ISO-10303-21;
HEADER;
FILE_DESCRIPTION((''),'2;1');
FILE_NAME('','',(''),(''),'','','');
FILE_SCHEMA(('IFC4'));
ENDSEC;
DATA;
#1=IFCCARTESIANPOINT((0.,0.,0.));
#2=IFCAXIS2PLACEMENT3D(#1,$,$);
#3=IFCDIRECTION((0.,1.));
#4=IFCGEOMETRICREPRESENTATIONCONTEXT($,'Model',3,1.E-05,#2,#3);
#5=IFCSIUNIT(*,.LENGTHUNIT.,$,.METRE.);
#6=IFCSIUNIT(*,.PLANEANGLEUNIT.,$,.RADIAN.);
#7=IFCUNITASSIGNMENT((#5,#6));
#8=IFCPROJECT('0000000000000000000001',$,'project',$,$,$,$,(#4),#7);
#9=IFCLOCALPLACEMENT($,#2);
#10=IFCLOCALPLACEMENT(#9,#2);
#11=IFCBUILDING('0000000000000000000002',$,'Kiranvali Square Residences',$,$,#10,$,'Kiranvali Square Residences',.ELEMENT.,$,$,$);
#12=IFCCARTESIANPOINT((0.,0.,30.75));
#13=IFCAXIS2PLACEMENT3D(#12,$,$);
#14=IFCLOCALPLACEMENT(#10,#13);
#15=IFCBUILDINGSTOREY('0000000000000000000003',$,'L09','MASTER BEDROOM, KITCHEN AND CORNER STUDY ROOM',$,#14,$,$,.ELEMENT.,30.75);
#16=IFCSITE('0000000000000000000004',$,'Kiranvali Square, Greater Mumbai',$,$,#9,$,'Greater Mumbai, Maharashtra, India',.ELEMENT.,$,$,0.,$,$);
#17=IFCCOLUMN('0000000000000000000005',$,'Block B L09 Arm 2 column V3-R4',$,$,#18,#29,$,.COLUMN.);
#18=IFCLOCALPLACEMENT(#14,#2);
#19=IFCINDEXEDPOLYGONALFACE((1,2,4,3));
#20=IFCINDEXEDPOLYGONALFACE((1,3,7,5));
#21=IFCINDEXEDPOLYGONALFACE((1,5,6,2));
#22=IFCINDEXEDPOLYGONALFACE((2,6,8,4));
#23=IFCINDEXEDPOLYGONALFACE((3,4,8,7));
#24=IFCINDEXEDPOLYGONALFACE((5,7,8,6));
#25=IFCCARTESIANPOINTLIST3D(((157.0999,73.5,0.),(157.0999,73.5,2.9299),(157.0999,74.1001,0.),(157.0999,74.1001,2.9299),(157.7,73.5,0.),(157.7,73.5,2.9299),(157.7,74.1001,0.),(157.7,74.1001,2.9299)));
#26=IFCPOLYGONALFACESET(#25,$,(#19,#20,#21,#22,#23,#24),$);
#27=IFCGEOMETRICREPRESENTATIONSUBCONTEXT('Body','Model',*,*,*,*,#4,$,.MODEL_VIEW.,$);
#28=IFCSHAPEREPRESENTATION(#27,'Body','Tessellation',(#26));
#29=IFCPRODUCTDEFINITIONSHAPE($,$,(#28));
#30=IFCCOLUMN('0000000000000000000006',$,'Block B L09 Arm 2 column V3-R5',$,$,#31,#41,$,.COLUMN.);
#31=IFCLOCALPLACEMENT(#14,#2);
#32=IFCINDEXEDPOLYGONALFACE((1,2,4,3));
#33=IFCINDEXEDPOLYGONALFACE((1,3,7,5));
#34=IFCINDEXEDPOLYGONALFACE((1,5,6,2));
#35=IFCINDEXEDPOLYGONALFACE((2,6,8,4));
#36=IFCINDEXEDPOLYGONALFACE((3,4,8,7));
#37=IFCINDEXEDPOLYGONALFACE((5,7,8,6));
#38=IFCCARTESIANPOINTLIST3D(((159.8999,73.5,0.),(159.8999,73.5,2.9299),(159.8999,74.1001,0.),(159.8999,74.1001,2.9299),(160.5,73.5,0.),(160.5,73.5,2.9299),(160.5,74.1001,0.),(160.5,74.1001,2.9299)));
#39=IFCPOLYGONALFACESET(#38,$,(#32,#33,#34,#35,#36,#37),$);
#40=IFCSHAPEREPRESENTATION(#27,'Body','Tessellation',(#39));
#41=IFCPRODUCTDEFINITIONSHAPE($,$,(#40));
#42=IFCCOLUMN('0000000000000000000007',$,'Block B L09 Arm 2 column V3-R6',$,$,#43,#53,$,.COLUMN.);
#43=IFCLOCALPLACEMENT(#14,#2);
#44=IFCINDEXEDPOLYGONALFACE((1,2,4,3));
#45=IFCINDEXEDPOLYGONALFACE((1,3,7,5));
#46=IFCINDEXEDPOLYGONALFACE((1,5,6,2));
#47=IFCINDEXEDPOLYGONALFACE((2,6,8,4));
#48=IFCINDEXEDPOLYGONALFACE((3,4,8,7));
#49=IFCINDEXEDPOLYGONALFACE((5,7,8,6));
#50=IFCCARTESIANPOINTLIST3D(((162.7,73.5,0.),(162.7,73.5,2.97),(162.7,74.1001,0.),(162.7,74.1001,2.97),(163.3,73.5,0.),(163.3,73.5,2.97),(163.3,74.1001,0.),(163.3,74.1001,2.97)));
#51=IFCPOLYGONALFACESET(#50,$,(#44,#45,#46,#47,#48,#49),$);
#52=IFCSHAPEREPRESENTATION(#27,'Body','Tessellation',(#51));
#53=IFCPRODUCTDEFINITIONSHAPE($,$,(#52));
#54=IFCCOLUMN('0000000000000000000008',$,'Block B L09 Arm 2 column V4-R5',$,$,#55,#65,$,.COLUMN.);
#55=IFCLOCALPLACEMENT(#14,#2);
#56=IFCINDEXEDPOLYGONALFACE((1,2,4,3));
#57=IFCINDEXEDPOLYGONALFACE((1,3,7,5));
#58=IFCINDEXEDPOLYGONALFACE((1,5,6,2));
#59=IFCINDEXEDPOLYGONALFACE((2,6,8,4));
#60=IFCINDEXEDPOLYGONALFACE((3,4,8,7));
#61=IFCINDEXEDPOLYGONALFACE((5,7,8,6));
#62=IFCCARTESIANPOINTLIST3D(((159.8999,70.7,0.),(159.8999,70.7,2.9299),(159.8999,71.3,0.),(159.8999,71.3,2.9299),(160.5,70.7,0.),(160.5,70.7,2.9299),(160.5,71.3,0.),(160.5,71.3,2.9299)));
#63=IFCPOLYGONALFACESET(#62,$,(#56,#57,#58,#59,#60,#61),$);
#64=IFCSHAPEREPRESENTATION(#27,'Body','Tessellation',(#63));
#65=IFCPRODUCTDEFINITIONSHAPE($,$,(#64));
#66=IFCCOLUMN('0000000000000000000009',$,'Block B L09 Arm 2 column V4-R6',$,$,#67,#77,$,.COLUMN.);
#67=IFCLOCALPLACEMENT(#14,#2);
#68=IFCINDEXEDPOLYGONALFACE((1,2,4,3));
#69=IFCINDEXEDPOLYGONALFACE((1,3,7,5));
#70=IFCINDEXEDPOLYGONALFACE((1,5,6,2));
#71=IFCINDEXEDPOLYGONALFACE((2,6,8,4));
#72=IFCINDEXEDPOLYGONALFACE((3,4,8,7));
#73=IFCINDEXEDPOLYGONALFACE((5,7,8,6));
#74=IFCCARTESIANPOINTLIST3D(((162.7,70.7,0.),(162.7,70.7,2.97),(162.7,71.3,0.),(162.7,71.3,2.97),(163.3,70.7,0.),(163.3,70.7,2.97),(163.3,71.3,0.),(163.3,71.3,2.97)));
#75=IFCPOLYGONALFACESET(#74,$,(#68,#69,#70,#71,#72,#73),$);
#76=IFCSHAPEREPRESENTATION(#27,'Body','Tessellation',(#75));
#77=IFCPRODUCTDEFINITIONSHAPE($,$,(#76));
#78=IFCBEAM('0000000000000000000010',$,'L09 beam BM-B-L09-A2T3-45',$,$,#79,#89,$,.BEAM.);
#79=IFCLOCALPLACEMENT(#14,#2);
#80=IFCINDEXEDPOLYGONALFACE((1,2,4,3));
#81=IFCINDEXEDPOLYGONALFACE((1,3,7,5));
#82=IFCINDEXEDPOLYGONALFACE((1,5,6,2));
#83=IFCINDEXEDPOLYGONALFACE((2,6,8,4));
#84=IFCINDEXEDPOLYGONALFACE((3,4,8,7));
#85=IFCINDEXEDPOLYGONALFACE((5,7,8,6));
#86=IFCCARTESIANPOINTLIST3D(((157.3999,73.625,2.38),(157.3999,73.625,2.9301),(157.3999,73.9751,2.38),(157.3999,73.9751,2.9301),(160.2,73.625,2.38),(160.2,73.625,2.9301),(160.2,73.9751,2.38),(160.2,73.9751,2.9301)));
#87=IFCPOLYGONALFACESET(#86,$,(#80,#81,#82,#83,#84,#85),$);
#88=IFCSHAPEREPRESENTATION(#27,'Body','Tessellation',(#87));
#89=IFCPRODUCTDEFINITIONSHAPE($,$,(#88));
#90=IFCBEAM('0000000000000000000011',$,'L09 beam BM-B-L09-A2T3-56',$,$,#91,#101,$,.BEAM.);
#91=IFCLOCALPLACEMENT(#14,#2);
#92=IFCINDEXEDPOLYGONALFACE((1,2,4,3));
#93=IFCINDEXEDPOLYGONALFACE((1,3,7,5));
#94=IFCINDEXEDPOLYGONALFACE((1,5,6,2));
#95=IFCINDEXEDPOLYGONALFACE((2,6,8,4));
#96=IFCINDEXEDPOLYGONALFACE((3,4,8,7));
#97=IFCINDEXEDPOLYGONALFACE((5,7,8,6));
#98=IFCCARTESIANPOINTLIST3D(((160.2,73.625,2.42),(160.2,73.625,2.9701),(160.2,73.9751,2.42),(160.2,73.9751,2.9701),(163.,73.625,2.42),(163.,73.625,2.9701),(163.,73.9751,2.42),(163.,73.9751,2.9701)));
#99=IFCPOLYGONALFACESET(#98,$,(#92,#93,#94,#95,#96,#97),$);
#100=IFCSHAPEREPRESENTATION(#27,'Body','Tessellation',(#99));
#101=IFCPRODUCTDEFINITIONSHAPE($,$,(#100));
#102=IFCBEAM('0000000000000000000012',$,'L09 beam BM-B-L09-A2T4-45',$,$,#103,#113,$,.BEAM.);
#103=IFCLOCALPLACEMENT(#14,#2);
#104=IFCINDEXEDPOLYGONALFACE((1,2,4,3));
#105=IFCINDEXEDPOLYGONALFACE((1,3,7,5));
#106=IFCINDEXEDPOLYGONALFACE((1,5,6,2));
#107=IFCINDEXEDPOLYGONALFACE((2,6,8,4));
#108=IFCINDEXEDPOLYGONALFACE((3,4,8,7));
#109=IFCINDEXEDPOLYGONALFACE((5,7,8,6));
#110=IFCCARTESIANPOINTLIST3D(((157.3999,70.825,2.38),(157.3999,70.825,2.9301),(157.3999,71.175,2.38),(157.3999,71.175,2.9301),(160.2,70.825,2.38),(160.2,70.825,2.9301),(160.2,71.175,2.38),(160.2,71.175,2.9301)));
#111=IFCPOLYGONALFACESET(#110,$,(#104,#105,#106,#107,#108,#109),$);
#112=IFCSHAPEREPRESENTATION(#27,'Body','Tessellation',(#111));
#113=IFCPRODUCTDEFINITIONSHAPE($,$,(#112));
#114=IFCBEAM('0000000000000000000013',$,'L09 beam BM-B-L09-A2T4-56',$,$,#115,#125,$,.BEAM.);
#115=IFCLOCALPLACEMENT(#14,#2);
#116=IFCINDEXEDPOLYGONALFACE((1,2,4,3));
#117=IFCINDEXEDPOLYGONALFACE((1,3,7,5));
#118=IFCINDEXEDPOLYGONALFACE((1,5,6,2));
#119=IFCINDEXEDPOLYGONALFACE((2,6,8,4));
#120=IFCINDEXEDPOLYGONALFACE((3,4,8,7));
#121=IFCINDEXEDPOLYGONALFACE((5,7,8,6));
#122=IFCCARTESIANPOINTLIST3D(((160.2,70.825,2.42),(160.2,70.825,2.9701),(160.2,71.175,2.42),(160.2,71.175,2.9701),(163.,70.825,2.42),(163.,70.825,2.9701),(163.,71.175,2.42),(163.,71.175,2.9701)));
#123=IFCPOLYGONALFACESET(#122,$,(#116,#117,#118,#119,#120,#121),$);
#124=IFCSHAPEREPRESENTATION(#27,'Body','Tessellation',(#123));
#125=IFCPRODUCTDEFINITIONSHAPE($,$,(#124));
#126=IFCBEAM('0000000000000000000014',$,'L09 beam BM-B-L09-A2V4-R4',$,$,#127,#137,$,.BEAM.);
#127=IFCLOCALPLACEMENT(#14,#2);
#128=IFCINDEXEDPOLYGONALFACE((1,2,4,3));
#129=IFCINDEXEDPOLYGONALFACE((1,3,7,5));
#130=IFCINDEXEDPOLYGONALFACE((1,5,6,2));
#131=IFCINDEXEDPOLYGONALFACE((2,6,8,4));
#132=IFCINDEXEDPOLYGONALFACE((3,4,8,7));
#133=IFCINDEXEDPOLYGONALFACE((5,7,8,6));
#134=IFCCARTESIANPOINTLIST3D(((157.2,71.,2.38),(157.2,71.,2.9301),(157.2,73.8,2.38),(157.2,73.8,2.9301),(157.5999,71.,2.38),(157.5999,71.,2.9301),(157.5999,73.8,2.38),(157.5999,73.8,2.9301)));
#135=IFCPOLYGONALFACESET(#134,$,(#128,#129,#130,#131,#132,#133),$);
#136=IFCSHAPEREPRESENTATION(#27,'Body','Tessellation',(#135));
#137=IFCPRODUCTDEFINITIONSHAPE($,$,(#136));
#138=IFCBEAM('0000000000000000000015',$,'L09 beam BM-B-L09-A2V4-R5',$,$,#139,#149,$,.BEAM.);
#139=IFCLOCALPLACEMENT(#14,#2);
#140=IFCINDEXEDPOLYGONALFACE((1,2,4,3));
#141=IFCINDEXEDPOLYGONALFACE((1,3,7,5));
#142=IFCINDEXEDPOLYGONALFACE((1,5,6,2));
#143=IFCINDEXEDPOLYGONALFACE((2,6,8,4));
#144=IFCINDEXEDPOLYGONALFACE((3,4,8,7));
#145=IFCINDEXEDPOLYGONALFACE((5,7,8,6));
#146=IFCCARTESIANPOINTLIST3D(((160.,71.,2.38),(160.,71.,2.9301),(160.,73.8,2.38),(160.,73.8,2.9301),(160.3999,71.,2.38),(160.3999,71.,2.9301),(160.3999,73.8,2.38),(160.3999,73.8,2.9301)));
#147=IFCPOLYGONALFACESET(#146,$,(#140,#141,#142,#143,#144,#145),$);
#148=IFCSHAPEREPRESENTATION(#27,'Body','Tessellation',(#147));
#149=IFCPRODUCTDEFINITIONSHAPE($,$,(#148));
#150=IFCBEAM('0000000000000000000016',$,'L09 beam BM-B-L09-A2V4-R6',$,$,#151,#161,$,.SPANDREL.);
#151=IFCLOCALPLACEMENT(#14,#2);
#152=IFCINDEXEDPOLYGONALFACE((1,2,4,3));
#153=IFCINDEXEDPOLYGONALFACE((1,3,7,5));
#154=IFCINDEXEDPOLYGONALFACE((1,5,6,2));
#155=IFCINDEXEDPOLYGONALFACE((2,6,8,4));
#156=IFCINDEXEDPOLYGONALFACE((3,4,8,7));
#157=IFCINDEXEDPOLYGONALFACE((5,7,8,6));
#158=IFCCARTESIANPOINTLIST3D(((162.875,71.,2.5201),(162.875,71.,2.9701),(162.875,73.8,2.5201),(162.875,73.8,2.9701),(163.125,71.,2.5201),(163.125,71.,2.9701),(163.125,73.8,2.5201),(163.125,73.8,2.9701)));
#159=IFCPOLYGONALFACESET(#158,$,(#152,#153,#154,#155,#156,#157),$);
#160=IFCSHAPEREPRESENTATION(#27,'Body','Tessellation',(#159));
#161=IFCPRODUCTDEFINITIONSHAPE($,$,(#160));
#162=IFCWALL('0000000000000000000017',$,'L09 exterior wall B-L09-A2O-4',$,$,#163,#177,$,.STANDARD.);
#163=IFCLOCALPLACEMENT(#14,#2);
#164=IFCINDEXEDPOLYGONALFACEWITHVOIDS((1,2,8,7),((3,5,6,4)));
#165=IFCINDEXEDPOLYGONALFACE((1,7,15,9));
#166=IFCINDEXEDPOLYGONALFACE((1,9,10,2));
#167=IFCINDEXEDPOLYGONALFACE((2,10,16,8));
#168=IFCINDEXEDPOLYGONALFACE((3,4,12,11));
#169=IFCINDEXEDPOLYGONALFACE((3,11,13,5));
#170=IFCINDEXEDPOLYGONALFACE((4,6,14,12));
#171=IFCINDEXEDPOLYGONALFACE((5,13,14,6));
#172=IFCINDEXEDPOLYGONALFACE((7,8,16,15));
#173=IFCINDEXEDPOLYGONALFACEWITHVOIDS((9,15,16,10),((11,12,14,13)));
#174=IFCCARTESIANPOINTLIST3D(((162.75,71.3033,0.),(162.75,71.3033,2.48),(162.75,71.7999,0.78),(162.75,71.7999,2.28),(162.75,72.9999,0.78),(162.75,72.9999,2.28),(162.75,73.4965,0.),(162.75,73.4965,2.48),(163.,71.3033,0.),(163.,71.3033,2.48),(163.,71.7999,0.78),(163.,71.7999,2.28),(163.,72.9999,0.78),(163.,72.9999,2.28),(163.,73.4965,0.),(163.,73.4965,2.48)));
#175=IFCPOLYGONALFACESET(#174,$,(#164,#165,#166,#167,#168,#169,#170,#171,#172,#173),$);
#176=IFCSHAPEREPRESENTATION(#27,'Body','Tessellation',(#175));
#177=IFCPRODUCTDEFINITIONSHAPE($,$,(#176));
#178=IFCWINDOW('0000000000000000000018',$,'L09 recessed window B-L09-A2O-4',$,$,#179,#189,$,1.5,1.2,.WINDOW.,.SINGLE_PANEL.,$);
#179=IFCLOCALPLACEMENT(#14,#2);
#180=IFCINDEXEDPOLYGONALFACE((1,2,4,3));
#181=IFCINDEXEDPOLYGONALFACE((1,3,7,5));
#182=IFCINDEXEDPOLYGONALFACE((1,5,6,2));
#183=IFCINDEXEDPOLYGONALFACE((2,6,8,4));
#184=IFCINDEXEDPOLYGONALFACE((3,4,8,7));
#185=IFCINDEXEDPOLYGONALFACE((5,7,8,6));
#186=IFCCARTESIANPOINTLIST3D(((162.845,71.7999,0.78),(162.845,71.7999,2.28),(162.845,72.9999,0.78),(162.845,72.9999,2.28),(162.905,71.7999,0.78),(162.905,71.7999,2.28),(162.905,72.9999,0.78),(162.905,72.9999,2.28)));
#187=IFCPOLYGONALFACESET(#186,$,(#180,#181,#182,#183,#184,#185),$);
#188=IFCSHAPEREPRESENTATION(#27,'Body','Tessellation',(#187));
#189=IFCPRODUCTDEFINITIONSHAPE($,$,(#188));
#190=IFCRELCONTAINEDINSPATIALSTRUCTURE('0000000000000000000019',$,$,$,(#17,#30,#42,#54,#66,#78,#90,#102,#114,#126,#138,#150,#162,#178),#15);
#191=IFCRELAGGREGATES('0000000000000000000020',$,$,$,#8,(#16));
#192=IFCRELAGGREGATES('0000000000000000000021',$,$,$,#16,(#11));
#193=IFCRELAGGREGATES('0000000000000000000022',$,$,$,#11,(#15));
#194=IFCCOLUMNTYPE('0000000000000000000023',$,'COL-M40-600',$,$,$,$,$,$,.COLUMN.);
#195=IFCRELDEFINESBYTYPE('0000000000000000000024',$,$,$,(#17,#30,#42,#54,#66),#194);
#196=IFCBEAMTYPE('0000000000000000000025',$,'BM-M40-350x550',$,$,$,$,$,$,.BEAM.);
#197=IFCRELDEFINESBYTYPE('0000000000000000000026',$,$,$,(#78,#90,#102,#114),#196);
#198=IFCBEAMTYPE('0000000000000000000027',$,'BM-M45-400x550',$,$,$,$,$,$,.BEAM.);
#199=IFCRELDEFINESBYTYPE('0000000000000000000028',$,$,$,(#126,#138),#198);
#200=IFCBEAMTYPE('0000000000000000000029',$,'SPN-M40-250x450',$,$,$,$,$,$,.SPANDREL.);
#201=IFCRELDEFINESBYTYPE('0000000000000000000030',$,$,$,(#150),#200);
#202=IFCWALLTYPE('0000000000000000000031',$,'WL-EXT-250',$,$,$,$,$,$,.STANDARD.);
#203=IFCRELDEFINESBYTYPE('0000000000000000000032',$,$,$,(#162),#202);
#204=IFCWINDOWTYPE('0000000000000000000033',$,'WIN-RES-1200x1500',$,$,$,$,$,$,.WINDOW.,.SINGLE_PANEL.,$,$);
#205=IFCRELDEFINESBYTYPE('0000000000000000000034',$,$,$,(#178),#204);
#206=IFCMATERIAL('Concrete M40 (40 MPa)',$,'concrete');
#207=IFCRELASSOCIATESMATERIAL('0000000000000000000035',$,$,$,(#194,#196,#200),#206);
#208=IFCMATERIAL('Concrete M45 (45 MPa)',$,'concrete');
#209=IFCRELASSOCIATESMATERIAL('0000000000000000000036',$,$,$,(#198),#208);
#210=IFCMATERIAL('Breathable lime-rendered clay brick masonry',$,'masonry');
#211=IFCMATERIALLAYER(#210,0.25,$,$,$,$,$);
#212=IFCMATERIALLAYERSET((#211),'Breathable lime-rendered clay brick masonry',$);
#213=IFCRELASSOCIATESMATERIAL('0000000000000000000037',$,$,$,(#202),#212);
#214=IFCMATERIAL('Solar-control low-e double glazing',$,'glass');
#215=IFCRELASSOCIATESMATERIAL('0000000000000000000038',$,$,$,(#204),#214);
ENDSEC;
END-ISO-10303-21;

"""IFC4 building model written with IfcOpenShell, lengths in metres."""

from ifc_helpers import new_model, si_unit, direction, frame, frame_2d, origin, origin_2d, place, context, subcontext, project, spatial, rectangle, extrude, material, layer, layer_set, material_profile, profile_set, type_object, element, fill, save


model = new_model("IFC4")

# Units and contexts
model_context = context("Model", 3, precision=1e-05, world=origin(), true_north=direction((0.0, 1.0)))
body_context = subcontext(model_context, "Body", "Model", "MODEL_VIEW")
ifc_project = project(units=[si_unit("LENGTHUNIT", "METRE"), si_unit("PLANEANGLEUNIT", "RADIAN")], contexts=[model_context])

# Site, building, storey
site_placement = place(None, origin())
site = spatial("IfcSite", under=ifc_project, at=site_placement, Name="Kiranvali Square, Greater Mumbai", LongName="Greater Mumbai, Maharashtra, India", CompositionType="ELEMENT", RefElevation=0.0)
building_placement = place(site_placement, origin())
building = spatial("IfcBuilding", under=site, at=building_placement, Name="Kiranvali Square Residences", LongName="Kiranvali Square Residences", CompositionType="ELEMENT")
storey_placement = place(building_placement, frame((0.0, 0.0, 30.75)))
storey = spatial("IfcBuildingStorey", under=building, at=storey_placement, Name="L09", Description="MASTER BEDROOM, KITCHEN AND CORNER STUDY ROOM", CompositionType="ELEMENT", Elevation=30.75)

# Columns
ifc_material_1 = material(Name="Concrete M40 (40 MPa)", Category="concrete")
ifc_material_profile_1 = material_profile(ifc_material_1, rectangle(XDim=0.6001, YDim=0.6001, at=origin_2d()), Name="RC 600x600")
ifc_profile_set_1 = profile_set([ifc_material_profile_1], Name="Concrete M40 (40 MPa)")
column_type = type_object("IfcColumnType", Name="COL-M40-600", PredefinedType="COLUMN", material=ifc_profile_set_1)
for number, where, z_axis, x_axis, name in (
    (1, (157.3999, 73.8, 0.0), (0.0, 0.0, 1.0), (1.0, 0.0, 0.0), "Block B L09 Arm 2 column V3-R4"),
    (2, (160.2, 73.8, 0.0), (0.0, 0.0, 1.0), (1.0, 0.0, 0.0), "Block B L09 Arm 2 column V3-R5"),
):
    element("IfcColumn", number, at=place(storey_placement, frame(where, z_axis=z_axis, x_axis=x_axis)), inside=storey, type_object=column_type, Name=name, PredefinedType="COLUMN", context=body_context, shape_type="SweptSolid", body=[
        extrude(rectangle(XDim=0.6001, YDim=0.6001, at=origin_2d()), origin(), (0.0, 0.0, 1.0), 2.9299),
    ])
column_1_placement = place(storey_placement, frame((163.0, 73.8, 0.0), z_axis=(0.0, 0.0, 1.0), x_axis=(1.0, 0.0, 0.0)))
element("IfcColumn", 3, at=column_1_placement, inside=storey, type_object=column_type, Name="Block B L09 Arm 2 column V3-R6", PredefinedType="COLUMN", context=body_context, shape_type="SweptSolid", body=[
    extrude(rectangle(XDim=0.6001, YDim=0.6001, at=origin_2d()), origin(), (0.0, 0.0, 1.0), 2.97),
])
column_2_placement = place(storey_placement, frame((160.2, 71.0, 0.0), z_axis=(0.0, 0.0, 1.0), x_axis=(1.0, 0.0, 0.0)))
element("IfcColumn", 4, at=column_2_placement, inside=storey, type_object=column_type, Name="Block B L09 Arm 2 column V4-R5", PredefinedType="COLUMN", context=body_context, shape_type="SweptSolid", body=[
    extrude(rectangle(XDim=0.6001, YDim=0.6001, at=origin_2d()), origin(), (0.0, 0.0, 1.0), 2.9299),
])
column_3_placement = place(storey_placement, frame((163.0, 71.0, 0.0), z_axis=(0.0, 0.0, 1.0), x_axis=(1.0, 0.0, 0.0)))
element("IfcColumn", 5, at=column_3_placement, inside=storey, type_object=column_type, Name="Block B L09 Arm 2 column V4-R6", PredefinedType="COLUMN", context=body_context, shape_type="SweptSolid", body=[
    extrude(rectangle(XDim=0.6001, YDim=0.6001, at=origin_2d()), origin(), (0.0, 0.0, 1.0), 2.97),
])

# Beams
ifc_material_profile_2 = material_profile(ifc_material_1, rectangle(XDim=0.3501, YDim=0.55, at=origin_2d()), Name="RC 350x550")
ifc_profile_set_2 = profile_set([ifc_material_profile_2], Name="Concrete M40 (40 MPa)")
beam_type_1 = type_object("IfcBeamType", Name="BM-M40-350x550", PredefinedType="BEAM", material=ifc_profile_set_2)
for number, where, z_axis, x_axis, name in (
    (6, (157.3999, 73.8, 2.655), (1.0, 0.0, 0.0), (0.0, 1.0, 0.0), "L09 beam BM-B-L09-A2T3-45"),
    (7, (160.2, 73.8, 2.6951), (1.0, 0.0, 0.0), (0.0, 1.0, 0.0), "L09 beam BM-B-L09-A2T3-56"),
    (8, (157.3999, 71.0, 2.655), (1.0, 0.0, 0.0), (0.0, 1.0, 0.0), "L09 beam BM-B-L09-A2T4-45"),
    (9, (160.2, 71.0, 2.6951), (1.0, 0.0, 0.0), (0.0, 1.0, 0.0), "L09 beam BM-B-L09-A2T4-56"),
):
    element("IfcBeam", number, at=place(storey_placement, frame(where, z_axis=z_axis, x_axis=x_axis)), inside=storey, type_object=beam_type_1, Name=name, PredefinedType="BEAM", context=body_context, shape_type="SweptSolid", body=[
        extrude(rectangle(XDim=0.3501, YDim=0.55, at=origin_2d()), origin(), (0.0, 0.0, 1.0), 2.8),
    ])
ifc_material_2 = material(Name="Concrete M45 (45 MPa)", Category="concrete")
ifc_material_profile_3 = material_profile(ifc_material_2, rectangle(XDim=0.3999, YDim=0.55, at=origin_2d()), Name="RC 400x550")
ifc_profile_set_3 = profile_set([ifc_material_profile_3], Name="Concrete M45 (45 MPa)")
beam_type_2 = type_object("IfcBeamType", Name="BM-M45-400x550", PredefinedType="BEAM", material=ifc_profile_set_3)
for number, where, z_axis, x_axis, name in (
    (10, (157.3999, 73.8, 2.655), (0.0, -1.0, 0.0), (1.0, 0.0, 0.0), "L09 beam BM-B-L09-A2V4-R4"),
    (11, (160.2, 73.8, 2.655), (0.0, -1.0, 0.0), (1.0, 0.0, 0.0), "L09 beam BM-B-L09-A2V4-R5"),
):
    element("IfcBeam", number, at=place(storey_placement, frame(where, z_axis=z_axis, x_axis=x_axis)), inside=storey, type_object=beam_type_2, Name=name, PredefinedType="BEAM", context=body_context, shape_type="SweptSolid", body=[
        extrude(rectangle(XDim=0.3999, YDim=0.55, at=origin_2d()), origin(), (0.0, 0.0, 1.0), 2.8),
    ])
ifc_material_profile_4 = material_profile(ifc_material_1, rectangle(XDim=0.25, YDim=0.45, at=origin_2d()), Name="RC 250x450")
ifc_profile_set_4 = profile_set([ifc_material_profile_4], Name="Concrete M40 (40 MPa)")
beam_type_3 = type_object("IfcBeamType", Name="SPN-M40-250x450", PredefinedType="SPANDREL", material=ifc_profile_set_4)
beam_placement = place(storey_placement, frame((163.0, 73.8, 2.7451), z_axis=(0.0, -1.0, 0.0), x_axis=(1.0, 0.0, 0.0)))
element("IfcBeam", 12, at=beam_placement, inside=storey, type_object=beam_type_3, Name="L09 beam BM-B-L09-A2V4-R6", PredefinedType="SPANDREL", context=body_context, shape_type="SweptSolid", body=[
    extrude(rectangle(XDim=0.25, YDim=0.45, at=origin_2d()), origin(), (0.0, 0.0, 1.0), 2.8),
])

# Wall, opening, window
ifc_material_3 = material(Name="Breathable lime-rendered clay brick masonry", Category="masonry")
ifc_layer = layer(ifc_material_3, 0.25)
ifc_layer_set = layer_set([ifc_layer], Name="Breathable lime-rendered clay brick masonry")
wall_type = type_object("IfcWallType", Name="WL-EXT-250", PredefinedType="STANDARD", material=ifc_layer_set)
wall_1_placement = place(storey_placement, frame((162.875, 73.4966, 0.0), z_axis=(0.0, 0.0, 1.0), x_axis=(0.0, -1.0, 0.0)))
wall_1 = element("IfcWall", 13, at=wall_1_placement, inside=storey, type_object=wall_type, Name="L09 exterior wall B-L09-A2O-4", PredefinedType="STANDARD", context=body_context, shape_type="SweptSolid", body=[
    extrude(rectangle(XDim=2.1931, YDim=0.25, at=frame_2d((1.0967, 0.0))), origin(), (0.0, 0.0, 1.0), 2.48),
])
opening_1_placement = place(wall_1_placement, frame((0.4966, 0.0, 0.78)))
opening_1 = element("IfcOpeningElement", 14, at=opening_1_placement, cuts=wall_1, PredefinedType="OPENING", context=body_context, shape_type="SweptSolid", body=[
    extrude(rectangle(XDim=1.2, YDim=1.5, at=frame_2d((0.6001, 0.75))), frame((0.0, 0.135, 0.0), z_axis=(0.0, -1.0, 0.0), x_axis=(1.0, 0.0, 0.0)), (0.0, 0.0, 1.0), 0.27),
])
ifc_material_4 = material(Name="Solar-control low-e double glazing", Category="glass")
window_type = type_object("IfcWindowType", Name="WIN-RES-1200x1500", PartitioningType="SINGLE_PANEL", PredefinedType="WINDOW", material=ifc_material_4)
window_1_placement = place(opening_1_placement, origin())
window_1 = element("IfcWindow", 15, at=window_1_placement, inside=storey, type_object=window_type, Name="L09 recessed window B-L09-A2O-4", OverallHeight=1.5, OverallWidth=1.2, PartitioningType="SINGLE_PANEL", PredefinedType="WINDOW", context=body_context, shape_type="SweptSolid", body=[
    extrude(rectangle(XDim=1.2, YDim=1.5, at=frame_2d((0.6001, 0.75))), frame((0.0, 0.03, 0.0), z_axis=(0.0, -1.0, 0.0), x_axis=(1.0, 0.0, 0.0)), (0.0, 0.0, 1.0), 0.0601),
])
fill(opening_1, window_1)

save(model, "model.ifc")
